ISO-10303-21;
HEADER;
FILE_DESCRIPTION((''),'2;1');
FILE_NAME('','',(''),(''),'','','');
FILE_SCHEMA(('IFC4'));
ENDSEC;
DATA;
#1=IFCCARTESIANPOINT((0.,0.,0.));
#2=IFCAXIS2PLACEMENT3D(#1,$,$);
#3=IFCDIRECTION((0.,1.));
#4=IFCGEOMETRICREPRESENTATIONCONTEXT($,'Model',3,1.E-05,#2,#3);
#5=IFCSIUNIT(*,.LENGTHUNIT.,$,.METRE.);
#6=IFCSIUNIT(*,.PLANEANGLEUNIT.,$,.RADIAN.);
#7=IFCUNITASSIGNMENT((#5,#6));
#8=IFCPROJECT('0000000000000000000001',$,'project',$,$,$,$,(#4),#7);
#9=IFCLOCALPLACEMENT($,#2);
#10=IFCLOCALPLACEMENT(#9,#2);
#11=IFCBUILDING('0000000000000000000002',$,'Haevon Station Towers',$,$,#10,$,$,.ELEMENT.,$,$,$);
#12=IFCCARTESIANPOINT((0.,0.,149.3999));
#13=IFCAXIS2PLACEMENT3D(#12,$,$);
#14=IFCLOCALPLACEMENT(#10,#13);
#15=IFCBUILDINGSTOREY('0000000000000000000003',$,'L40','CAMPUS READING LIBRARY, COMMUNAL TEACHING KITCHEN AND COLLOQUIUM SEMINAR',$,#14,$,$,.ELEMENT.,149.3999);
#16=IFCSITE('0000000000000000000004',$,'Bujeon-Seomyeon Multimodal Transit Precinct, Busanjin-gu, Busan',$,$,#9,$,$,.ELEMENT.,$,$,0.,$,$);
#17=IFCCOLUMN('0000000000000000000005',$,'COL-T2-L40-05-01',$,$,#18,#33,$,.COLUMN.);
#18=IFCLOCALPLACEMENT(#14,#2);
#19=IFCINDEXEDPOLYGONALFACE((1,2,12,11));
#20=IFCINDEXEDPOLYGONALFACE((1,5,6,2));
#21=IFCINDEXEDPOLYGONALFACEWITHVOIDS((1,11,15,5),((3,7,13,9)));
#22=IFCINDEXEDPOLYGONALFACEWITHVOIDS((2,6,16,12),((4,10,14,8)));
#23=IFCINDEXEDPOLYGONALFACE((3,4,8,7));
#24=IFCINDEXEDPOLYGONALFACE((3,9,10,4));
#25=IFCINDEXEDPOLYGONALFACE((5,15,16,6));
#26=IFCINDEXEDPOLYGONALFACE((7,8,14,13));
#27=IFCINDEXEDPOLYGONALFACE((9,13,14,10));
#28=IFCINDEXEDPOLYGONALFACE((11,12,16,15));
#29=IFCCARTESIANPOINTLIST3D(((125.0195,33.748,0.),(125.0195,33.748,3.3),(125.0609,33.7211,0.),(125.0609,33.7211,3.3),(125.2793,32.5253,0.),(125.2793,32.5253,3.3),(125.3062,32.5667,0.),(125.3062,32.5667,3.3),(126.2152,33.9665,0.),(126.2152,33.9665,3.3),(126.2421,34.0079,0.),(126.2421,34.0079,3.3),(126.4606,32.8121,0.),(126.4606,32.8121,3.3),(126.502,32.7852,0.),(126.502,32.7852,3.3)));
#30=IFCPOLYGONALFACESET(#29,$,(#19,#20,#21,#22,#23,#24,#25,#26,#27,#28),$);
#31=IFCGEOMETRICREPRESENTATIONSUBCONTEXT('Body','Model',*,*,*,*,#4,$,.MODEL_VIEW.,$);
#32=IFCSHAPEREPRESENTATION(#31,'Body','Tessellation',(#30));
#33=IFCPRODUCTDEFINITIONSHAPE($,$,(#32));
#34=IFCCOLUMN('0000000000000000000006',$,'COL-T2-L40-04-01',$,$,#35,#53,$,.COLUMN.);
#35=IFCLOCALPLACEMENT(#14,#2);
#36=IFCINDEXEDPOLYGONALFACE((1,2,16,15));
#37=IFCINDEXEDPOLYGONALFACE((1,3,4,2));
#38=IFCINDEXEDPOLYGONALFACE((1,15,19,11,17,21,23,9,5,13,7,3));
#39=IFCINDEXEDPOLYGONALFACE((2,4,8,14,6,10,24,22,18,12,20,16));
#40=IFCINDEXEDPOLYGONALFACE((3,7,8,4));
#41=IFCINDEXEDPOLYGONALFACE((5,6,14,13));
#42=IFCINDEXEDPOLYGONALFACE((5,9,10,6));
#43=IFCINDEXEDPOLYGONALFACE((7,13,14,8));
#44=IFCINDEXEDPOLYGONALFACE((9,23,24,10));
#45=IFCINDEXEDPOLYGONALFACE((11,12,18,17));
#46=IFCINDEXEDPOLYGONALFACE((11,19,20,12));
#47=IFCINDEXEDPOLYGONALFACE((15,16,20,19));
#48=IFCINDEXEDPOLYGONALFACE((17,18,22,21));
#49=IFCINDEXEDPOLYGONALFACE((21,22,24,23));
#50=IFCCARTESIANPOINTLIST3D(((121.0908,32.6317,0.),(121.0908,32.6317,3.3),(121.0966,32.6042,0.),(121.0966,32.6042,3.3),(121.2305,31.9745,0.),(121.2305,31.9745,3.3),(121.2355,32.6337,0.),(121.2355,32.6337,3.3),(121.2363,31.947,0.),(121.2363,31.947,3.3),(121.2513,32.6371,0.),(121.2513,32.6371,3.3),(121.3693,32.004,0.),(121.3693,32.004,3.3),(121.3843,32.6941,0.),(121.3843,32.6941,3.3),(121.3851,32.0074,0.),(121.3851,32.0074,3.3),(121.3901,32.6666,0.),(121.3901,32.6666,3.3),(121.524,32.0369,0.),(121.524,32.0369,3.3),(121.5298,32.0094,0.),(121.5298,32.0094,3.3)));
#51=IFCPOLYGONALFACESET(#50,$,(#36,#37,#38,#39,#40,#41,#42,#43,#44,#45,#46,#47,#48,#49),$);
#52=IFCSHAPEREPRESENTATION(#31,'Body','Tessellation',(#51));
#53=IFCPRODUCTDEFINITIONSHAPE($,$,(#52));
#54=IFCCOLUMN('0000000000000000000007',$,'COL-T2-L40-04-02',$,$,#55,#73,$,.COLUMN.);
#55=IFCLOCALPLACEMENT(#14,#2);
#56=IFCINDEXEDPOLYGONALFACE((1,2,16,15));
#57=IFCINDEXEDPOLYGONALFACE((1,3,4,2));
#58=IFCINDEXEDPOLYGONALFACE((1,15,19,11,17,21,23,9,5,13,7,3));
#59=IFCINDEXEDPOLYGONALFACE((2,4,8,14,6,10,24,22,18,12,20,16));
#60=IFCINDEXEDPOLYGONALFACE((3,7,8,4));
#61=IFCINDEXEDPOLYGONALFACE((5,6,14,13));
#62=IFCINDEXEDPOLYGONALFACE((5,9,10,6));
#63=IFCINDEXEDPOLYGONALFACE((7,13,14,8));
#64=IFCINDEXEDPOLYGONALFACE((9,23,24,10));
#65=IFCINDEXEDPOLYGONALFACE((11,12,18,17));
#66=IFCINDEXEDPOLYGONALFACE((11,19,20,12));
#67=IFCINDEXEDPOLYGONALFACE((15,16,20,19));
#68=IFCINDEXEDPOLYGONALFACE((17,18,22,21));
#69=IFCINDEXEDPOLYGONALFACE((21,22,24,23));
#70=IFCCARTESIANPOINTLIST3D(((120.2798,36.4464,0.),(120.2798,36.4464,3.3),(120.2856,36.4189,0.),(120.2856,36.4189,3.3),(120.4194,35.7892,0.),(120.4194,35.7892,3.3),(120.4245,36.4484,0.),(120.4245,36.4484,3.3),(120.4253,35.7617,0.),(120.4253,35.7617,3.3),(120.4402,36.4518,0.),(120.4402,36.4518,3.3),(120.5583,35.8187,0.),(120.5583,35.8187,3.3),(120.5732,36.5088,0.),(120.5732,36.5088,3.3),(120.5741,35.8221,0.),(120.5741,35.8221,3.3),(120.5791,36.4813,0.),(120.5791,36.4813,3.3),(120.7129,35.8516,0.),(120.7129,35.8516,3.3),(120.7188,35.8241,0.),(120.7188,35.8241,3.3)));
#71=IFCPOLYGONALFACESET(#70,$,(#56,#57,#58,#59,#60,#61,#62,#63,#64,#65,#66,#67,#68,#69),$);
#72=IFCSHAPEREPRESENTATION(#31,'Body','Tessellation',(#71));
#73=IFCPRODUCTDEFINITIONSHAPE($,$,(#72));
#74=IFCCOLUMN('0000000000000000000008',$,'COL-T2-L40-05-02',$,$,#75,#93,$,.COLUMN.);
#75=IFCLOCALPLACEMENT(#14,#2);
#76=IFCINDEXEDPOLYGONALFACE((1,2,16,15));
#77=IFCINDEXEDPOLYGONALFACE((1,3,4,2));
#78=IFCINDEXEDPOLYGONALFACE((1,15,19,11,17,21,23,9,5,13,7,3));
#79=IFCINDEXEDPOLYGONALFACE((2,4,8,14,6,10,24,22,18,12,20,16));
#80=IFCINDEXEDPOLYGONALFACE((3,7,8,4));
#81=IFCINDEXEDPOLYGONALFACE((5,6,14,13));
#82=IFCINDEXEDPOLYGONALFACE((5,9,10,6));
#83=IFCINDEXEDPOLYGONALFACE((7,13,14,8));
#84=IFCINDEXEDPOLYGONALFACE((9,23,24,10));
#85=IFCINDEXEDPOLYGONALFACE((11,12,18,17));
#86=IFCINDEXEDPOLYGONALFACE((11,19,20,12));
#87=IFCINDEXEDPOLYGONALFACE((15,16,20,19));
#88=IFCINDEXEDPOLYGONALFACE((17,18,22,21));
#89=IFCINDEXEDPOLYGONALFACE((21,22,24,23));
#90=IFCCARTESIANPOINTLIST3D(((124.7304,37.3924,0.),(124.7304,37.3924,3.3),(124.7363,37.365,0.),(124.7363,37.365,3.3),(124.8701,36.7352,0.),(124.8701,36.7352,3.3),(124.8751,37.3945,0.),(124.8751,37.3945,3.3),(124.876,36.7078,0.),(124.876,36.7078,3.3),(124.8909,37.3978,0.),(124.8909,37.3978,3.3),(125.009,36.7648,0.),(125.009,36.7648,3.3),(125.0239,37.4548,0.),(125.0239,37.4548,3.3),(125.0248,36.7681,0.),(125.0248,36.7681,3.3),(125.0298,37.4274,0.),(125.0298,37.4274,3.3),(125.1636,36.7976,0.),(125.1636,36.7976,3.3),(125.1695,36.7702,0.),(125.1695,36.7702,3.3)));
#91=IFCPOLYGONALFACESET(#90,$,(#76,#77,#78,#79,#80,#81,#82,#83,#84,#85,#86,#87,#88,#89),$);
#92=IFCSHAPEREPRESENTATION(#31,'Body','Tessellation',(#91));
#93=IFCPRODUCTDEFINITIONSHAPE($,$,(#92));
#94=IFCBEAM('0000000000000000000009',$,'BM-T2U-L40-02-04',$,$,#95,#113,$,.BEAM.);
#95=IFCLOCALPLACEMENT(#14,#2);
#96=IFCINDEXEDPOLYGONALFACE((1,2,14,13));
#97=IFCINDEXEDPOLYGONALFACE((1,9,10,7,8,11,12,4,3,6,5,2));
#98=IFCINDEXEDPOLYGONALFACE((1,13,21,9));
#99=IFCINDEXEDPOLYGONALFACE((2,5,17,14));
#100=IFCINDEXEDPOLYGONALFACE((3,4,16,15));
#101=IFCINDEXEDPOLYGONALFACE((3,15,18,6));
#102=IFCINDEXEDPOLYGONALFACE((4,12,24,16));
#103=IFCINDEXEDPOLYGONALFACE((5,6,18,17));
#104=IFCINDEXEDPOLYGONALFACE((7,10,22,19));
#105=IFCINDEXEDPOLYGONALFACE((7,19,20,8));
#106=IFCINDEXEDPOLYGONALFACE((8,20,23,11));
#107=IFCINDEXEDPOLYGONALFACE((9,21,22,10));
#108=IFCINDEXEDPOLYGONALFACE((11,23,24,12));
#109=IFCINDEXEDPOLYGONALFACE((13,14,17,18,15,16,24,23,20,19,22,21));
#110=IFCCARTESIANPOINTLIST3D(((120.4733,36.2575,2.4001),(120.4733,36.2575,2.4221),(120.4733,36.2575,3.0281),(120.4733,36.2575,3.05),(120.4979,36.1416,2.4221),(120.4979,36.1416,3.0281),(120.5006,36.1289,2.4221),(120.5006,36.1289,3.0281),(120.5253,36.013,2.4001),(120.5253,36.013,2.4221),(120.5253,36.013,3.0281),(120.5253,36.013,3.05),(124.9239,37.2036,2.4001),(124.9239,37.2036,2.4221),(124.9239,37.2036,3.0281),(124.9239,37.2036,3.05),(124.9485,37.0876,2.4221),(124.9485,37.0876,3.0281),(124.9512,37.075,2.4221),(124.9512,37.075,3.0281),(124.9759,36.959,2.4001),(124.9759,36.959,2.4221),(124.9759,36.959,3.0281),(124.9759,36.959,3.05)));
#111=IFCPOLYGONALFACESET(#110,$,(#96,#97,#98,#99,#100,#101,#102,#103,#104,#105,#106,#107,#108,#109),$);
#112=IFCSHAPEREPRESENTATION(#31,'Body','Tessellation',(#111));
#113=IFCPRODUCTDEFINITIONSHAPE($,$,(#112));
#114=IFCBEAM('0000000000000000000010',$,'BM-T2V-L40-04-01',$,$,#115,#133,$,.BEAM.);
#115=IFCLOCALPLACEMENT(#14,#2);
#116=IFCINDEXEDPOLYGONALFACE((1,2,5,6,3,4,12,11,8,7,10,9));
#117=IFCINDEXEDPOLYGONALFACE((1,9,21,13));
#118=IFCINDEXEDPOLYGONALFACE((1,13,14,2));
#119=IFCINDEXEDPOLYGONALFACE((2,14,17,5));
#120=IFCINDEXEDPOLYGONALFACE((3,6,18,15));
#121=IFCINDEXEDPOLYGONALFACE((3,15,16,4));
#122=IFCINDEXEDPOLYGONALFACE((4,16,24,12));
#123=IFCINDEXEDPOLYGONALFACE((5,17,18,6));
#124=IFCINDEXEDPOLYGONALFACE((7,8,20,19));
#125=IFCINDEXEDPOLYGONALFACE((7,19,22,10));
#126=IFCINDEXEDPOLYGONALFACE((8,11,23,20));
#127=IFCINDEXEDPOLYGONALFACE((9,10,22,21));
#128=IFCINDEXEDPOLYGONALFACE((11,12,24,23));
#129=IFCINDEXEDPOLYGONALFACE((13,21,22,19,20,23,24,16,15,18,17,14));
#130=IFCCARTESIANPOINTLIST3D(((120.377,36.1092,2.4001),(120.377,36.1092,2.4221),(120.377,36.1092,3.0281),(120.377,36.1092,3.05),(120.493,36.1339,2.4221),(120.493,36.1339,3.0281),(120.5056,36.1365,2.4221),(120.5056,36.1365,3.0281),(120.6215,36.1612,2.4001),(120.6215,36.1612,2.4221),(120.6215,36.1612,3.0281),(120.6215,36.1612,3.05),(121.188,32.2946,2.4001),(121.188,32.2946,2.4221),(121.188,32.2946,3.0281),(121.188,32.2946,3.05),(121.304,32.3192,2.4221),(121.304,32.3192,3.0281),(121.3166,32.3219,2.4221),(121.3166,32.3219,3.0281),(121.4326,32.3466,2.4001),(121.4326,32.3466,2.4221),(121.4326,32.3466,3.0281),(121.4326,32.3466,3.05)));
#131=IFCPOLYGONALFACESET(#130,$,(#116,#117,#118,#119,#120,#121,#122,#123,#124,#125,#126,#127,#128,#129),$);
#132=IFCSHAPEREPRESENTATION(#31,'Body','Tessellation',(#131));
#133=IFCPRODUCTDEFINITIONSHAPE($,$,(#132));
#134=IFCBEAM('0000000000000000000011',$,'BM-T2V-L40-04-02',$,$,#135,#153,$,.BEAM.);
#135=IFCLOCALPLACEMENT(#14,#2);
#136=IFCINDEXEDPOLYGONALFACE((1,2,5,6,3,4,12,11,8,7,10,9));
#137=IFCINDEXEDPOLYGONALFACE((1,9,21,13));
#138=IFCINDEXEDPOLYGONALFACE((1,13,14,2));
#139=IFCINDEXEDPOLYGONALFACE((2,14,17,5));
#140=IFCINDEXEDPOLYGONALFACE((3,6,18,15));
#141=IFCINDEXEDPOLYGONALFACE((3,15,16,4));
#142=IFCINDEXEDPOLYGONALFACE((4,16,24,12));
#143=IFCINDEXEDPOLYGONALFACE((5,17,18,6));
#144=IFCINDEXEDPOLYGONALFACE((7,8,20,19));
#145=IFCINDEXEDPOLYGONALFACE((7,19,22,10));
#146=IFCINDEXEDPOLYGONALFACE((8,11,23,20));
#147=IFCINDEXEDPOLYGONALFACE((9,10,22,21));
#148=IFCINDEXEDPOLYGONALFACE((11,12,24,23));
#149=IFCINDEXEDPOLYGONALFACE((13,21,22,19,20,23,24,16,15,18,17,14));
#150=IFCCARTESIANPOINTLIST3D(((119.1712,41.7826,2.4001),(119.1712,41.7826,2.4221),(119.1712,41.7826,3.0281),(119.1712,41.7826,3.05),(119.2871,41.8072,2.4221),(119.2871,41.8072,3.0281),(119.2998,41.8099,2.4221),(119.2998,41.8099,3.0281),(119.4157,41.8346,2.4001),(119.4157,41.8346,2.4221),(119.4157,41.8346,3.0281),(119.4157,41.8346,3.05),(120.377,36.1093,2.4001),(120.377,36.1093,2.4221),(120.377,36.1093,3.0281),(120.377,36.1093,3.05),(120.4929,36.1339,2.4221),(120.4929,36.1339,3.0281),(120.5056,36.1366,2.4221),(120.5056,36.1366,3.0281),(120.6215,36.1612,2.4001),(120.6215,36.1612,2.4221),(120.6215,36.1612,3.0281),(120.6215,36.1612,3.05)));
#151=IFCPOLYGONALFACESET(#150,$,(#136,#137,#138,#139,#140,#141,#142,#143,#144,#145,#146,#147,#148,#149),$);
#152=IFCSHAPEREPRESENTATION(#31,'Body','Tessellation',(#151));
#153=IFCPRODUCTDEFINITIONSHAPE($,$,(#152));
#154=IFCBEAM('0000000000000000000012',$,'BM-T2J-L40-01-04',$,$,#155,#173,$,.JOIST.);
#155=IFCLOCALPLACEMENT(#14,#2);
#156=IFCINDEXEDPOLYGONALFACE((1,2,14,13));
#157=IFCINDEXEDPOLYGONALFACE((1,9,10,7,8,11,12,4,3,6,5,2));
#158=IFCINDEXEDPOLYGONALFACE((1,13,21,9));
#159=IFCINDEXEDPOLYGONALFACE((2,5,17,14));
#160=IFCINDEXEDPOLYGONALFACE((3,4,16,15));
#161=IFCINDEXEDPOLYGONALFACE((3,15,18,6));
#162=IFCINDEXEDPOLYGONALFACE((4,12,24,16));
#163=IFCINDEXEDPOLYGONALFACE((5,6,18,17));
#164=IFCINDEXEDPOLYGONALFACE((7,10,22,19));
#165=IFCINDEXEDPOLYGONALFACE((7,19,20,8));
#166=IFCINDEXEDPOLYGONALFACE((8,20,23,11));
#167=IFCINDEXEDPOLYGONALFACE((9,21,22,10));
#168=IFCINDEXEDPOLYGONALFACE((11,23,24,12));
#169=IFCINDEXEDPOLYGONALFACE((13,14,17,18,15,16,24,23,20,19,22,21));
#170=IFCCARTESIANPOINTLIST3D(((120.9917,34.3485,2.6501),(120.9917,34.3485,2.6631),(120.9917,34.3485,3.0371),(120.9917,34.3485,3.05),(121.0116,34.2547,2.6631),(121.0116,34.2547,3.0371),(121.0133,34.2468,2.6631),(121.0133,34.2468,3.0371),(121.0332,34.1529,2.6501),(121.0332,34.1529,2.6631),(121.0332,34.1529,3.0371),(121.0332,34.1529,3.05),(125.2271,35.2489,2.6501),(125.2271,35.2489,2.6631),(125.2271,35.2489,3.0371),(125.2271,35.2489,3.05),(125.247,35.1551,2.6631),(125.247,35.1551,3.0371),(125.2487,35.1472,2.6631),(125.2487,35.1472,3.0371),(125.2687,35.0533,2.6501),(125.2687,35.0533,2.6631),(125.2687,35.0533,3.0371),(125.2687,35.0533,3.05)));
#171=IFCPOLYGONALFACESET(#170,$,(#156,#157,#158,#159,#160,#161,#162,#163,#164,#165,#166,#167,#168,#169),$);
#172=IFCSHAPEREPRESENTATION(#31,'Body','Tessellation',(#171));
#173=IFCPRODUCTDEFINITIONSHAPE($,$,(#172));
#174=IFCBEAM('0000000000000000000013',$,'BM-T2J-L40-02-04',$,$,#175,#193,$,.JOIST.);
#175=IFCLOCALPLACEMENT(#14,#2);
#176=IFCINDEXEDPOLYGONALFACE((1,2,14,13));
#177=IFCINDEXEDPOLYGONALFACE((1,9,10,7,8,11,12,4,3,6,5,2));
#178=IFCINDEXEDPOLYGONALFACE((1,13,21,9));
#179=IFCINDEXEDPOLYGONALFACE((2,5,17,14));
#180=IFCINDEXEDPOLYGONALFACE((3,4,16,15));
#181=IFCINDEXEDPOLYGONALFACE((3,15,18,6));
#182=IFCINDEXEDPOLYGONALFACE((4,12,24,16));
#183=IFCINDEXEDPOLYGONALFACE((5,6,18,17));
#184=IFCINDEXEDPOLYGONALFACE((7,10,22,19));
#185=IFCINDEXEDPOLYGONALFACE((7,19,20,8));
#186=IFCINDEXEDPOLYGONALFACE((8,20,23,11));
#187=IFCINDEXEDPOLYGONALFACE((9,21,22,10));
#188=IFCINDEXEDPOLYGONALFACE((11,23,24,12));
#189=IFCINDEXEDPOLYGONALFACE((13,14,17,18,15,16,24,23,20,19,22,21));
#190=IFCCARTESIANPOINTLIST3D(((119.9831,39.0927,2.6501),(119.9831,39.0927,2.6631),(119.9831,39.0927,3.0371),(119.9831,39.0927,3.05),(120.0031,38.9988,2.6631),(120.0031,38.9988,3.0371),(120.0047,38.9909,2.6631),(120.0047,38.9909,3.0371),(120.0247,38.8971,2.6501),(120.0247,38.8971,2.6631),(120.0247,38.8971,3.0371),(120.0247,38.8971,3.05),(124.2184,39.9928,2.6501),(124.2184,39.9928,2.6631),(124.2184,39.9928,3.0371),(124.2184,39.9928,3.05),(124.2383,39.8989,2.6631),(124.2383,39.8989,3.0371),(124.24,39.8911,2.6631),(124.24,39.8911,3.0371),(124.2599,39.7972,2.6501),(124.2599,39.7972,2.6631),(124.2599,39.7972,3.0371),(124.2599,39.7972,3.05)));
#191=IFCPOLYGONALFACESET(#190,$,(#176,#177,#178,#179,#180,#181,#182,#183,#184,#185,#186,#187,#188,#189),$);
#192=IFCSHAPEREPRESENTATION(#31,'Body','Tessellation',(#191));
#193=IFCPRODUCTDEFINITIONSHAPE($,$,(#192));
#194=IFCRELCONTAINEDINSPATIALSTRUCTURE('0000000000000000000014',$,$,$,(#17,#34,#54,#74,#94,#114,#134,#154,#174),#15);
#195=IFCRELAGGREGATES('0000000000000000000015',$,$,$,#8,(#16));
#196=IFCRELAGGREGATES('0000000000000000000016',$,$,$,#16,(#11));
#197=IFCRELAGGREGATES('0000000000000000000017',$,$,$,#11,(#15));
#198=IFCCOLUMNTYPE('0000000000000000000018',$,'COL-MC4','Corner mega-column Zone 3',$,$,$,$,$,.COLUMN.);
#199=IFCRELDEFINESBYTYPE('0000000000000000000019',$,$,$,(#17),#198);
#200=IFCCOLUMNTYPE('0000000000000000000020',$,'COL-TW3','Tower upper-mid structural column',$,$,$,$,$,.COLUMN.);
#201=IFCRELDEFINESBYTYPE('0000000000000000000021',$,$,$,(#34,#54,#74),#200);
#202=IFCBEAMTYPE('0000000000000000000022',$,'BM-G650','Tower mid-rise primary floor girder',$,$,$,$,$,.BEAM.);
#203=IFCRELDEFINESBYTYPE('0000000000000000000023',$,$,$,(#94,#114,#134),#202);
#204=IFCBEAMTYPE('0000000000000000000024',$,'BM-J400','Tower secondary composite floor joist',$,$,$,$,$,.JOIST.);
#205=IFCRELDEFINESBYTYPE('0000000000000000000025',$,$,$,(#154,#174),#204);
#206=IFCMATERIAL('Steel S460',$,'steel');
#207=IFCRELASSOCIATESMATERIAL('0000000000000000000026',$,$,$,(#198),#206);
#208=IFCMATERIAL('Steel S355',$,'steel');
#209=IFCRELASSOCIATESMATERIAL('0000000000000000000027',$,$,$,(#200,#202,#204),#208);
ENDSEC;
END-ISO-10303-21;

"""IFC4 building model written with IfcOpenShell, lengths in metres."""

from ifc_helpers import new_model, si_unit, direction, frame, origin, origin_2d, place, context, subcontext, project, spatial, hollow_rectangle, i_section, extrude, material, material_profile, profile_set, type_object, element, save


model = new_model("IFC4")

# Units and contexts
model_context = context("Model", 3, precision=1e-05, world=origin(), true_north=direction((0.0, 1.0)))
body_context = subcontext(model_context, "Body", "Model", "MODEL_VIEW")
ifc_project = project(units=[si_unit("LENGTHUNIT", "METRE"), si_unit("PLANEANGLEUNIT", "RADIAN")], contexts=[model_context])

# Site, building, storey
site_placement = place(None, origin())
site = spatial("IfcSite", under=ifc_project, at=site_placement, Name="Bujeon-Seomyeon Multimodal Transit Precinct, Busanjin-gu, Busan", CompositionType="ELEMENT", RefElevation=0.0)
building_placement = place(site_placement, origin())
building = spatial("IfcBuilding", under=site, at=building_placement, Name="Haevon Station Towers", CompositionType="ELEMENT")
storey_placement = place(building_placement, frame((0.0, 0.0, 149.3999)))
storey = spatial("IfcBuildingStorey", under=building, at=storey_placement, Name="L40", Description="CAMPUS READING LIBRARY, COMMUNAL TEACHING KITCHEN AND COLLOQUIUM SEMINAR", CompositionType="ELEMENT", Elevation=149.3999)

# Columns
ifc_material_1 = material(Name="Steel S460", Category="steel")
ifc_material_profile_1 = material_profile(ifc_material_1, hollow_rectangle(XDim=1.25, YDim=1.25, WallThickness=0.0349, at=origin_2d()), Name="BOX-1250x1250x35")
ifc_profile_set_1 = profile_set([ifc_material_profile_1], Name="Steel S460")
column_type_1 = type_object("IfcColumnType", Name="COL-MC4", Description="Corner mega-column Zone 3", PredefinedType="COLUMN", material=ifc_profile_set_1)
column_placement = place(storey_placement, frame((125.7607, 33.2666, 0.0), z_axis=(0.0, 0.0, 1.0), x_axis=(0.978148, 0.207912, 0.0)))
element("IfcColumn", 1, at=column_placement, inside=storey, type_object=column_type_1, Name="COL-T2-L40-05-01", PredefinedType="COLUMN", context=body_context, shape_type="SweptSolid", body=[
    extrude(hollow_rectangle(XDim=1.25, YDim=1.25, WallThickness=0.0349, at=origin_2d()), origin(), (0.0, 0.0, 1.0), 3.3),
])
ifc_material_2 = material(Name="Steel S355", Category="steel")
ifc_material_profile_2 = material_profile(ifc_material_2, i_section(OverallWidth=0.3, OverallDepth=0.7, WebThickness=0.0161, FlangeThickness=0.0281, at=origin_2d()), Name="H-700x300x16x28")
ifc_profile_set_2 = profile_set([ifc_material_profile_2], Name="Steel S355")
column_type_2 = type_object("IfcColumnType", Name="COL-TW3", Description="Tower upper-mid structural column", PredefinedType="COLUMN", material=ifc_profile_set_2)
for number, where, z_axis, x_axis, name in (
    (2, (121.3103, 32.3206, 0.0), (0.0, 0.0, 1.0), (0.978148, 0.207912, 0.0), "COL-T2-L40-04-01"),
    (3, (120.4993, 36.1353, 0.0), (0.0, 0.0, 1.0), (0.978148, 0.207912, 0.0), "COL-T2-L40-04-02"),
    (4, (124.95, 37.0813, 0.0), (0.0, 0.0, 1.0), (0.978148, 0.207912, 0.0), "COL-T2-L40-05-02"),
):
    element("IfcColumn", number, at=place(storey_placement, frame(where, z_axis=z_axis, x_axis=x_axis)), inside=storey, type_object=column_type_2, Name=name, PredefinedType="COLUMN", context=body_context, shape_type="SweptSolid", body=[
        extrude(i_section(OverallWidth=0.3, OverallDepth=0.7, WebThickness=0.0161, FlangeThickness=0.0281, at=origin_2d()), origin(), (0.0, 0.0, 1.0), 3.3),
    ])

# Beams
ifc_material_profile_3 = material_profile(ifc_material_2, i_section(OverallWidth=0.25, OverallDepth=0.6499, WebThickness=0.0129, FlangeThickness=0.022, at=origin_2d()), Name="H-650x250x13x22")
ifc_profile_set_3 = profile_set([ifc_material_profile_3], Name="Steel S355")
beam_type_1 = type_object("IfcBeamType", Name="BM-G650", Description="Tower mid-rise primary floor girder", PredefinedType="BEAM", material=ifc_profile_set_3)
beam_1_placement = place(storey_placement, frame((120.4993, 36.1353, 2.7251), z_axis=(0.978147, 0.207917, 0.0), x_axis=(-0.207917, 0.978147, 0.0)))
element("IfcBeam", 5, at=beam_1_placement, inside=storey, type_object=beam_type_1, Name="BM-T2U-L40-02-04", PredefinedType="BEAM", context=body_context, shape_type="SweptSolid", body=[
    extrude(i_section(OverallWidth=0.25, OverallDepth=0.6499, WebThickness=0.0129, FlangeThickness=0.022, at=origin_2d()), origin(), (0.0, 0.0, 1.0), 4.55),
])
beam_2_placement = place(storey_placement, frame((121.3103, 32.3206, 2.7251), z_axis=(-0.20796, 0.978137, 0.0), x_axis=(-0.978137, -0.20796, 0.0)))
element("IfcBeam", 6, at=beam_2_placement, inside=storey, type_object=beam_type_1, Name="BM-T2V-L40-04-01", PredefinedType="BEAM", context=body_context, shape_type="SweptSolid", body=[
    extrude(i_section(OverallWidth=0.25, OverallDepth=0.6499, WebThickness=0.0129, FlangeThickness=0.022, at=origin_2d()), origin(), (0.0, 0.0, 1.0), 3.8999),
])
beam_3_placement = place(storey_placement, frame((120.4993, 36.1353, 2.7251), z_axis=(-0.207896, 0.978151, 0.0), x_axis=(-0.978151, -0.207896, 0.0)))
element("IfcBeam", 7, at=beam_3_placement, inside=storey, type_object=beam_type_1, Name="BM-T2V-L40-04-02", PredefinedType="BEAM", context=body_context, shape_type="SweptSolid", body=[
    extrude(i_section(OverallWidth=0.25, OverallDepth=0.6499, WebThickness=0.0129, FlangeThickness=0.022, at=origin_2d()), origin(), (0.0, 0.0, 1.0), 5.8),
])
ifc_material_profile_4 = material_profile(ifc_material_2, i_section(OverallWidth=0.2, OverallDepth=0.3999, WebThickness=0.0081, FlangeThickness=0.0129, at=origin_2d()), Name="H-400x200x8x13")
ifc_profile_set_4 = profile_set([ifc_material_profile_4], Name="Steel S355")
beam_type_2 = type_object("IfcBeamType", Name="BM-J400", Description="Tower secondary composite floor joist", PredefinedType="JOIST", material=ifc_profile_set_4)
beam_4_placement = place(storey_placement, frame((121.0125, 34.2507, 2.8501), z_axis=(0.978141, 0.207942, 0.0), x_axis=(-0.207942, 0.978141, 0.0)))
element("IfcBeam", 8, at=beam_4_placement, inside=storey, type_object=beam_type_2, Name="BM-T2J-L40-01-04", PredefinedType="JOIST", context=body_context, shape_type="SweptSolid", body=[
    extrude(i_section(OverallWidth=0.2, OverallDepth=0.3999, WebThickness=0.0081, FlangeThickness=0.0129, at=origin_2d()), origin(), (0.0, 0.0, 1.0), 4.3301),
])
beam_5_placement = place(storey_placement, frame((120.0039, 38.9949, 2.8501), z_axis=(0.978153, 0.207888, 0.0), x_axis=(-0.207888, 0.978153, 0.0)))
element("IfcBeam", 9, at=beam_5_placement, inside=storey, type_object=beam_type_2, Name="BM-T2J-L40-02-04", PredefinedType="JOIST", context=body_context, shape_type="SweptSolid", body=[
    extrude(i_section(OverallWidth=0.2, OverallDepth=0.3999, WebThickness=0.0081, FlangeThickness=0.0129, at=origin_2d()), origin(), (0.0, 0.0, 1.0), 4.3298),
])

save(model, "model.ifc")
